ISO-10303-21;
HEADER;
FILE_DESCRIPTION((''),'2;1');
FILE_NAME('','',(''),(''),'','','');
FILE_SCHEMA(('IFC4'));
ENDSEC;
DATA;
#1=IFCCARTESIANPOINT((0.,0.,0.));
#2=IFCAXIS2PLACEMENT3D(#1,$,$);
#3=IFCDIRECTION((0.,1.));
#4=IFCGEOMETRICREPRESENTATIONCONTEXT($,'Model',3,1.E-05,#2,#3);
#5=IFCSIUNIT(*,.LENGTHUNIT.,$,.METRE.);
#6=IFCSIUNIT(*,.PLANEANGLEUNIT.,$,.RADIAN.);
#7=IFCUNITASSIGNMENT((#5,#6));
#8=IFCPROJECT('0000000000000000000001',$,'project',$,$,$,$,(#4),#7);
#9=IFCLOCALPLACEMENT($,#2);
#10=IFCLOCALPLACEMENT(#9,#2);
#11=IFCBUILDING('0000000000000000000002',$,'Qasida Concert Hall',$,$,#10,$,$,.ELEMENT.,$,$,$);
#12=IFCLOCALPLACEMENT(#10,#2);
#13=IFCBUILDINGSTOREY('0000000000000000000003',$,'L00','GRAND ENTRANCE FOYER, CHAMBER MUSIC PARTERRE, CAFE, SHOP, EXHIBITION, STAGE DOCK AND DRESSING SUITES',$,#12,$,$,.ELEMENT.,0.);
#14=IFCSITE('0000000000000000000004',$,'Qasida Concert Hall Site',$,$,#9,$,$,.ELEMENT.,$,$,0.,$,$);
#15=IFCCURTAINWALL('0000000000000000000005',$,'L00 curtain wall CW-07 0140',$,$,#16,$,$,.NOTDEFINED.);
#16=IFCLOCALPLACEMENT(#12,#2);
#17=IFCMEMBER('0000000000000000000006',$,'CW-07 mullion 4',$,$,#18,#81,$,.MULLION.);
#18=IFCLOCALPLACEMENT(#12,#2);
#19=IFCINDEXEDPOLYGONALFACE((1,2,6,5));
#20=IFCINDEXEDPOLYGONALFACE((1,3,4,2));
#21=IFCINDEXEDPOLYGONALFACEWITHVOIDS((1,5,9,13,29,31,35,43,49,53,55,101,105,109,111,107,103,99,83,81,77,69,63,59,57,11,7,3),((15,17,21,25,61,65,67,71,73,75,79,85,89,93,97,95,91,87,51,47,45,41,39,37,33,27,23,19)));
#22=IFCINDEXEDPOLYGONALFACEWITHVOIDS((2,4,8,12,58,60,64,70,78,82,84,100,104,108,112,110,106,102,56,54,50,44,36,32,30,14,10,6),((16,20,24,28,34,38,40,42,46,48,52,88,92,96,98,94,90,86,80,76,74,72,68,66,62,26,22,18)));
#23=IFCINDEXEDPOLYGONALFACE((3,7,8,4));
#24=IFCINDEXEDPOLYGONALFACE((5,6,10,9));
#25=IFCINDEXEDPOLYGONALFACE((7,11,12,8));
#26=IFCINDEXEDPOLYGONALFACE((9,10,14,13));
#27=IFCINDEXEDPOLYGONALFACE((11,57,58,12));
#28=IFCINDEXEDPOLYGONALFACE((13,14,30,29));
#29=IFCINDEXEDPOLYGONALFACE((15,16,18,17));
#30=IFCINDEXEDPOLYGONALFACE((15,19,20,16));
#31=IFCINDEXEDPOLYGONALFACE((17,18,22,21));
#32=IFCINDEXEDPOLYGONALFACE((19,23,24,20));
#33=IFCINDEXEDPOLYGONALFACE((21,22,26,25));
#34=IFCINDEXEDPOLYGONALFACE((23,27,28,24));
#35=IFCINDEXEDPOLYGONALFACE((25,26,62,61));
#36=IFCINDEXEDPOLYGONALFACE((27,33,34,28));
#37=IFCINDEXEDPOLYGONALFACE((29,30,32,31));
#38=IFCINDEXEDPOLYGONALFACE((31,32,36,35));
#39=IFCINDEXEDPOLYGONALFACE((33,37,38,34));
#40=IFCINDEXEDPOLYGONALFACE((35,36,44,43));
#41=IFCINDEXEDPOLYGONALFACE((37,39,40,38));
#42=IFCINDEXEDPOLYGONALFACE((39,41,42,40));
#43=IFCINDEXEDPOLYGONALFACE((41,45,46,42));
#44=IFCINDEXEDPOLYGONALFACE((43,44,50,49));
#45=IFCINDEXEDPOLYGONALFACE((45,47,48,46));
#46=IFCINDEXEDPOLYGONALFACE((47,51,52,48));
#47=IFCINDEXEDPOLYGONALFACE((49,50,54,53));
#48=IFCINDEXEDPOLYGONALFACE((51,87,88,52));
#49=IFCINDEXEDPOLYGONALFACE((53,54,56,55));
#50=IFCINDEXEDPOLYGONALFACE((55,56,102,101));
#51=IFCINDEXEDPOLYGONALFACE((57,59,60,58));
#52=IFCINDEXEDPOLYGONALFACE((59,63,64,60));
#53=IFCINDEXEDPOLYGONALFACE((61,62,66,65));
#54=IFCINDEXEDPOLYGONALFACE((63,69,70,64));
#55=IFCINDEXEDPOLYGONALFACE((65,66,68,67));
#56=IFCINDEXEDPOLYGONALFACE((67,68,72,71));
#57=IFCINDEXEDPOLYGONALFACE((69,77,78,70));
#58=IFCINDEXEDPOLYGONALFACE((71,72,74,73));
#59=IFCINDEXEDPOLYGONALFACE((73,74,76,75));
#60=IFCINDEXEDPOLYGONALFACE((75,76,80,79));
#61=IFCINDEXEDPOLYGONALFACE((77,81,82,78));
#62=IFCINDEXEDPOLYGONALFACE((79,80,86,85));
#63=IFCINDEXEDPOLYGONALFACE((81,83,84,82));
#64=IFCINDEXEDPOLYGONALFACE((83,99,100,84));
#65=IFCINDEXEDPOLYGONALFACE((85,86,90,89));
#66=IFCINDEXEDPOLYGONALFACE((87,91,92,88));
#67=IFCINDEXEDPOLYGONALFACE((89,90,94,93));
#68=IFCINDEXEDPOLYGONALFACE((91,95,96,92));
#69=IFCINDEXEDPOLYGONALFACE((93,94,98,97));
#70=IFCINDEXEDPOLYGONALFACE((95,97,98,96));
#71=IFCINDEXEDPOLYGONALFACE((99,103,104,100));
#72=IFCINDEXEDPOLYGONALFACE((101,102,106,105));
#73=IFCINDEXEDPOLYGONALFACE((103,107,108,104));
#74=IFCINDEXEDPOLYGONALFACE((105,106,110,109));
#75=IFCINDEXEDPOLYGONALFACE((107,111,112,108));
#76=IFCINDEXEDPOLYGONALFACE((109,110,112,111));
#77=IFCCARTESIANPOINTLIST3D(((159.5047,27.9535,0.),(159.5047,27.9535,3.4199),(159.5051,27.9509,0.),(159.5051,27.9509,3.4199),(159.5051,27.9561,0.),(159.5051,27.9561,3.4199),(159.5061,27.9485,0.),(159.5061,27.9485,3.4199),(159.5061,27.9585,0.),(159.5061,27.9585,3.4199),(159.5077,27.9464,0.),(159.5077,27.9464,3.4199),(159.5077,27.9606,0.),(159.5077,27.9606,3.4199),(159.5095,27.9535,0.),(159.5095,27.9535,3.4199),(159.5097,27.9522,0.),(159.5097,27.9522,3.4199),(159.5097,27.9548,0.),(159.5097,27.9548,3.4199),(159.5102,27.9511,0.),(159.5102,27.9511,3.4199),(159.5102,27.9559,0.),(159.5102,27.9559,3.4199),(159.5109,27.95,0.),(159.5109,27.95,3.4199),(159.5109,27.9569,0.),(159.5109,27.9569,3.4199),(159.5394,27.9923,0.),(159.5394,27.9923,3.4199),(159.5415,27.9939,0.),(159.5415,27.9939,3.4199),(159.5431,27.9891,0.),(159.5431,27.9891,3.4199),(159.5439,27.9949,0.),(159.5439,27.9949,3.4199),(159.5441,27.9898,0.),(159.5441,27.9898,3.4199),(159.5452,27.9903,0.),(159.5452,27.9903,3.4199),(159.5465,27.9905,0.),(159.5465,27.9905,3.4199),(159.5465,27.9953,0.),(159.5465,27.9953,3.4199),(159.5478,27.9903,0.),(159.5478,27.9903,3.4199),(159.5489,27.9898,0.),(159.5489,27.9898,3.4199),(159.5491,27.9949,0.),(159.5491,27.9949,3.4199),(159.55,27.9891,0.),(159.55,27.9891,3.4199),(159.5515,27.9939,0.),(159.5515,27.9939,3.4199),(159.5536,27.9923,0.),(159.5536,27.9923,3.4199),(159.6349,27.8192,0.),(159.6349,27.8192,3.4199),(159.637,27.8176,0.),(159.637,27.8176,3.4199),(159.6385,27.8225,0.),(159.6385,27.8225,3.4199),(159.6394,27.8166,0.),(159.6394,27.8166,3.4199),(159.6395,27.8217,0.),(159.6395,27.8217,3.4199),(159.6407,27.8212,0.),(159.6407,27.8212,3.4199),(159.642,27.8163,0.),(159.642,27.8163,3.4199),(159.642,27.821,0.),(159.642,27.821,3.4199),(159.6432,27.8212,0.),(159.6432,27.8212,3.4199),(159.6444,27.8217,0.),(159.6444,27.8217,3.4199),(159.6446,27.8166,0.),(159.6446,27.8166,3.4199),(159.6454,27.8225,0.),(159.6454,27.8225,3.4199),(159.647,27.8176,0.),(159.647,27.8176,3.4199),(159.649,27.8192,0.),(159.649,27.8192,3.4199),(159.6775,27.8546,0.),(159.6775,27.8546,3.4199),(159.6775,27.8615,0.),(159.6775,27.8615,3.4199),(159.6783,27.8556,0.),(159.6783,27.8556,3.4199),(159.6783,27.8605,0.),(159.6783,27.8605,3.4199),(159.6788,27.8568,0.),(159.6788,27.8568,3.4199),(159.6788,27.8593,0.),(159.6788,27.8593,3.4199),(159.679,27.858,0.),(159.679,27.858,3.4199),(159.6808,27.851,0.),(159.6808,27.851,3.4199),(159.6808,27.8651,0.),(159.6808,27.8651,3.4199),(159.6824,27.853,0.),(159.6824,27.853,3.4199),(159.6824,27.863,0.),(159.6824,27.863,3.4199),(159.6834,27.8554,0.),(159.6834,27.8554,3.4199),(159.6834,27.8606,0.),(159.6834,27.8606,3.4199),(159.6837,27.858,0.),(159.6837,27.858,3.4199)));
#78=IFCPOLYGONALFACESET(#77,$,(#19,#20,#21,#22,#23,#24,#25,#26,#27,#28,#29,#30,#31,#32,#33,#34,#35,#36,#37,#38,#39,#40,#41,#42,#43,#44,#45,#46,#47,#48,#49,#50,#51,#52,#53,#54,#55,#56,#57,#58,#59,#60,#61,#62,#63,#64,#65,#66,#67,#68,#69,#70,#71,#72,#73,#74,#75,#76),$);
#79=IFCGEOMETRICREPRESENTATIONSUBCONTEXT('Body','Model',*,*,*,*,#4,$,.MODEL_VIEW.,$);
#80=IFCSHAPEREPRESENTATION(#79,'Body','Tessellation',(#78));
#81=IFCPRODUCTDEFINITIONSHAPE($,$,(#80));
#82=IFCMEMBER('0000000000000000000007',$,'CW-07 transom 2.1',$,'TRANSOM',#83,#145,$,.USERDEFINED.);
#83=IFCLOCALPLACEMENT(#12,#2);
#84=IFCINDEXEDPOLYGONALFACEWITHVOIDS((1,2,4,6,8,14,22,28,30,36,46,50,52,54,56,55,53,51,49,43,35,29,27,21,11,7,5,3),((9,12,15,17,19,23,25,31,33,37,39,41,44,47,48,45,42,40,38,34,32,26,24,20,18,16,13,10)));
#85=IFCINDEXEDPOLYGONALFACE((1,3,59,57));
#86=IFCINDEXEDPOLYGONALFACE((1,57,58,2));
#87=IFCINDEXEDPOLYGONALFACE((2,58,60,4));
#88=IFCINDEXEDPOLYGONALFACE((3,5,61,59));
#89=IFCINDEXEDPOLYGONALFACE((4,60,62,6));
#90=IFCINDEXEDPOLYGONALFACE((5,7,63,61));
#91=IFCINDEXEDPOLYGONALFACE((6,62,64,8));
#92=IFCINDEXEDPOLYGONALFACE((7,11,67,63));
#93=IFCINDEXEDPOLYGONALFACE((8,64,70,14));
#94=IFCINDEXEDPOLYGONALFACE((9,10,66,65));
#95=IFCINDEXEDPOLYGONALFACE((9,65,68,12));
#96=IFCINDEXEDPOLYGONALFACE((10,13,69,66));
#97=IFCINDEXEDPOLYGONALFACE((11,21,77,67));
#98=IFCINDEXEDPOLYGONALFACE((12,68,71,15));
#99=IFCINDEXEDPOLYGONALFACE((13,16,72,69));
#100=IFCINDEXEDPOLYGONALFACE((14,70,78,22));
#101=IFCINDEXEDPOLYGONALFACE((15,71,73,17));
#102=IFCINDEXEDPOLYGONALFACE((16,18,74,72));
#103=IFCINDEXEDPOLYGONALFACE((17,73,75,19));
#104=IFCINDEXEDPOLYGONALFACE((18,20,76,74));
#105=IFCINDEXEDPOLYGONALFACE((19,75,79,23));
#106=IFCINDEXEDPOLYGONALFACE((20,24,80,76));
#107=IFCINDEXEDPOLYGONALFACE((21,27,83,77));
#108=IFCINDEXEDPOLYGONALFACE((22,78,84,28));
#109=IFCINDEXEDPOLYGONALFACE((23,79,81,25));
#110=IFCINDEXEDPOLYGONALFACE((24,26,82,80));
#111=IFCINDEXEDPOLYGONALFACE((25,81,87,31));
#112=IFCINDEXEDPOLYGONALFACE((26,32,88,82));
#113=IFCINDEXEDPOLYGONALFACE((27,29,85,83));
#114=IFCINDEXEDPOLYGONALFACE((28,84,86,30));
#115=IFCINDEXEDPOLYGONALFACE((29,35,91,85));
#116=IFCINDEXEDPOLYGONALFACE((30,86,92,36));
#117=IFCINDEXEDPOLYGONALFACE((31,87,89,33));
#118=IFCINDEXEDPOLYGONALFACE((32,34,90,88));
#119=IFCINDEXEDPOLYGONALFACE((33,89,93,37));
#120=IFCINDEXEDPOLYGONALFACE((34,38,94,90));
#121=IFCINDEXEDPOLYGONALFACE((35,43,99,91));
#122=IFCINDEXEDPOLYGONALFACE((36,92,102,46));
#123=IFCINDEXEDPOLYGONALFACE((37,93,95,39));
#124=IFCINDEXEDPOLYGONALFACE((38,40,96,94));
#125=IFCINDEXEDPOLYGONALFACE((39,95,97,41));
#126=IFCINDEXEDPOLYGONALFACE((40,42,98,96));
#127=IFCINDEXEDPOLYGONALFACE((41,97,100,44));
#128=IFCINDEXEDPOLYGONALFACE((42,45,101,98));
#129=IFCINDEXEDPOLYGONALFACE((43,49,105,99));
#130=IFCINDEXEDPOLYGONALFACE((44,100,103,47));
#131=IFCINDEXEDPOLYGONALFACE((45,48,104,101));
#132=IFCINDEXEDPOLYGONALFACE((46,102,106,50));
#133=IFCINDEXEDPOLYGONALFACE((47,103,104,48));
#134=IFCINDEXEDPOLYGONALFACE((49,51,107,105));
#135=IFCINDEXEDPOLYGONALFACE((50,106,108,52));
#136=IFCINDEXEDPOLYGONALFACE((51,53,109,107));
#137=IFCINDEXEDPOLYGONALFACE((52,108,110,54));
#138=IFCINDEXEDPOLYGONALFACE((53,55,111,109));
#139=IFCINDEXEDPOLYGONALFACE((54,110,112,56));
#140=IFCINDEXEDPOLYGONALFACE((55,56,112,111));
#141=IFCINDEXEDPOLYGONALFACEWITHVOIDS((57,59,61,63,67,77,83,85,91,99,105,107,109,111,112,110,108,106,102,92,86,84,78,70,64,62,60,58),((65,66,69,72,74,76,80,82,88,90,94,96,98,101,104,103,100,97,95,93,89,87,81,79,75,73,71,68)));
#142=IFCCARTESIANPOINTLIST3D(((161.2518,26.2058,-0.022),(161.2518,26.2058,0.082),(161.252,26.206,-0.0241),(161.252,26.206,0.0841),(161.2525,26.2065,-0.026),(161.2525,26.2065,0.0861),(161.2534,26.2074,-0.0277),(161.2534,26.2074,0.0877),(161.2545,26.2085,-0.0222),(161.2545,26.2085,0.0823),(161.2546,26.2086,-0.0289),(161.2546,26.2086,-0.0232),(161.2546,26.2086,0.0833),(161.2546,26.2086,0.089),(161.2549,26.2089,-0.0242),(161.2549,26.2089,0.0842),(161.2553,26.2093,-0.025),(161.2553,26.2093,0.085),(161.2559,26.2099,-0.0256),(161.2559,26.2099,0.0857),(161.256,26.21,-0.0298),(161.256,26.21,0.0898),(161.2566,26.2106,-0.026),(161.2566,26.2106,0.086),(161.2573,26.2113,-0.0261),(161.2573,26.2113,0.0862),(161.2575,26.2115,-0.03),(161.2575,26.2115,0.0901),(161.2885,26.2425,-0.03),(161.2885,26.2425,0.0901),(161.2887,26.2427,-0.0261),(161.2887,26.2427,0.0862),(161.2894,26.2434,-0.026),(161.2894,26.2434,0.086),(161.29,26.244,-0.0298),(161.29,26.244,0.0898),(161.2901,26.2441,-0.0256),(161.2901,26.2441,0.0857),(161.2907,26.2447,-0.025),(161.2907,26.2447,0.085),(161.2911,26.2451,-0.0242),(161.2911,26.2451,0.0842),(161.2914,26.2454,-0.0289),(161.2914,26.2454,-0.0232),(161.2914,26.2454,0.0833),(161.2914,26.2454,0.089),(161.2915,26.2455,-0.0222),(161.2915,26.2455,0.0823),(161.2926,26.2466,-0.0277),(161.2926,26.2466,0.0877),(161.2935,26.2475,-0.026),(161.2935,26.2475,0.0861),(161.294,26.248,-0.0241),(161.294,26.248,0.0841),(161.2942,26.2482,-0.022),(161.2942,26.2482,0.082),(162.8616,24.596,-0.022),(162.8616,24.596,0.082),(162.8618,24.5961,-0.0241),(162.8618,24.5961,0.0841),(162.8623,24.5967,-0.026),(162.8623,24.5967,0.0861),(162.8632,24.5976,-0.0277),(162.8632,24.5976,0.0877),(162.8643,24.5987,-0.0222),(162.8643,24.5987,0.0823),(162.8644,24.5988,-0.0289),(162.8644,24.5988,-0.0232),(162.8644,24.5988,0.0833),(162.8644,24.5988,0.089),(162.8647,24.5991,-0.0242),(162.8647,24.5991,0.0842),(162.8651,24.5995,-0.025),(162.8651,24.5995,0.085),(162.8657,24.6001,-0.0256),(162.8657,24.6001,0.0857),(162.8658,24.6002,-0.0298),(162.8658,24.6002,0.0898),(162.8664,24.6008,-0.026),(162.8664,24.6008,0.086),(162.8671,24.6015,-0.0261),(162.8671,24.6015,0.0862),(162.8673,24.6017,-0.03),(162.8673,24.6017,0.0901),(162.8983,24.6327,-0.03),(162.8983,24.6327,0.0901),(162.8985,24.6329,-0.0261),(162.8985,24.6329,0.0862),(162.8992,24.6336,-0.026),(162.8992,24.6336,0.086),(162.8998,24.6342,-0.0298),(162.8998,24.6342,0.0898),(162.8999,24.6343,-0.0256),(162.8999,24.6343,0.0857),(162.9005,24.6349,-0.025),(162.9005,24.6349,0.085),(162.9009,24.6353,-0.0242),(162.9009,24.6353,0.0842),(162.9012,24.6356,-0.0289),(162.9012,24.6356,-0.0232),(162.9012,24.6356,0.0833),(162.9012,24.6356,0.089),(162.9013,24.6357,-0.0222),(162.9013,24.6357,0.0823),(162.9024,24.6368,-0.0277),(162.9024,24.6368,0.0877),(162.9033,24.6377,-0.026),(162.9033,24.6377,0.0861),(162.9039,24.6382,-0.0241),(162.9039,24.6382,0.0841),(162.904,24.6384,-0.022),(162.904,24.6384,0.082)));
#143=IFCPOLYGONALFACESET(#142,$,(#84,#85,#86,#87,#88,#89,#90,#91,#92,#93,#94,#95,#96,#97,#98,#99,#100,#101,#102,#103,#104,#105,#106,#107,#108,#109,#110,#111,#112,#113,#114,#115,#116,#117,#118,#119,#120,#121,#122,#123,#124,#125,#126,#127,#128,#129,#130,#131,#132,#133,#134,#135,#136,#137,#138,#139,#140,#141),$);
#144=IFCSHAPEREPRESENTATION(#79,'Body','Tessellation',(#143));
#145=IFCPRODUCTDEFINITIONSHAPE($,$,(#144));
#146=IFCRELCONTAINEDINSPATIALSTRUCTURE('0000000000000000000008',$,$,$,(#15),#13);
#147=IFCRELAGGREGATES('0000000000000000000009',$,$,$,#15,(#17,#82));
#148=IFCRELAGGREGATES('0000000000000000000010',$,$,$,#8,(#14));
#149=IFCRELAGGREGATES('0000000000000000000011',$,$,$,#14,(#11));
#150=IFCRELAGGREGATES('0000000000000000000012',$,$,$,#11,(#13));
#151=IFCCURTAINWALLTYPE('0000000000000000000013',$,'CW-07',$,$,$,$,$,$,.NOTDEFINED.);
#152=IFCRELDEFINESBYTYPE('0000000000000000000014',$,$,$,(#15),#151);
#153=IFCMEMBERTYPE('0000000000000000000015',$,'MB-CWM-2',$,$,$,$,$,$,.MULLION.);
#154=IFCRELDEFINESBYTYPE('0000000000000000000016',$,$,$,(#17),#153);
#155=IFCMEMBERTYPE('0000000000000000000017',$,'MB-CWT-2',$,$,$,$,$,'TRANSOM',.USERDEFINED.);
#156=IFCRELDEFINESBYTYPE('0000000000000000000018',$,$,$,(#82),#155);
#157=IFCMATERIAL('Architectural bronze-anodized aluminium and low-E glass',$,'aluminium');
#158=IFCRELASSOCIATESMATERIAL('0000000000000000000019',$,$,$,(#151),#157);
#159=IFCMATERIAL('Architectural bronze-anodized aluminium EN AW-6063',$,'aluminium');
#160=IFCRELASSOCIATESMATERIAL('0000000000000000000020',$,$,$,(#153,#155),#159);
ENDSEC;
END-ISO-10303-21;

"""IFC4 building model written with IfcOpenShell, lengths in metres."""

from ifc_helpers import new_model, si_unit, direction, frame, origin, origin_2d, place, context, subcontext, project, spatial, hollow_rectangle, extrude, material, material_profile, profile_set, type_object, element, aggregate, save


model = new_model("IFC4")

# Units and contexts
model_context = context("Model", 3, precision=1e-05, world=origin(), true_north=direction((0.0, 1.0)))
body_context = subcontext(model_context, "Body", "Model", "MODEL_VIEW")
ifc_project = project(units=[si_unit("LENGTHUNIT", "METRE"), si_unit("PLANEANGLEUNIT", "RADIAN")], contexts=[model_context])

# Site, building, storey
site_placement = place(None, origin())
site = spatial("IfcSite", under=ifc_project, at=site_placement, Name="Qasida Concert Hall Site", CompositionType="ELEMENT", RefElevation=0.0)
building_placement = place(site_placement, origin())
building = spatial("IfcBuilding", under=site, at=building_placement, Name="Qasida Concert Hall", CompositionType="ELEMENT")
storey_placement = place(building_placement, origin())
storey = spatial("IfcBuildingStorey", under=building, at=storey_placement, Name="L00", Description="GRAND ENTRANCE FOYER, CHAMBER MUSIC PARTERRE, CAFE, SHOP, EXHIBITION, STAGE DOCK AND DRESSING SUITES", CompositionType="ELEMENT", Elevation=0.0)

# Curtain wall, members
ifc_material_1 = material(Name="Architectural bronze-anodized aluminium and low-E glass", Category="aluminium")
curtain_wall_type = type_object("IfcCurtainWallType", Name="CW-07", PredefinedType="NOTDEFINED", material=ifc_material_1)
curtain_wall_placement = place(storey_placement, origin())
curtain_wall = element("IfcCurtainWall", 1, at=curtain_wall_placement, inside=storey, type_object=curtain_wall_type, Name="L00 curtain wall CW-07 0140", PredefinedType="NOTDEFINED")
ifc_material_2 = material(Name="Architectural bronze-anodized aluminium EN AW-6063", Category="aluminium")
ifc_material_profile_1 = material_profile(ifc_material_2, hollow_rectangle(XDim=0.0649, YDim=0.2, WallThickness=0.0049, InnerFilletRadius=0.0049, OuterFilletRadius=0.01, at=origin_2d()), Name="CWM 200x65x5")
ifc_profile_set_1 = profile_set([ifc_material_profile_1], Name="Architectural bronze-anodized aluminium EN AW-6063")
member_type_1 = type_object("IfcMemberType", Name="MB-CWM-2", PredefinedType="MULLION", material=ifc_profile_set_1)
member_1_placement = place(storey_placement, frame((159.5942, 27.9058, 0.0), z_axis=(0.0, 0.0, 1.0), x_axis=(-0.707107, -0.707107, 0.0)))
member_1 = element("IfcMember", 2, at=member_1_placement, type_object=member_type_1, Name="CW-07 mullion 4", PredefinedType="MULLION", context=body_context, shape_type="SweptSolid", body=[
    extrude(hollow_rectangle(XDim=0.0649, YDim=0.2, WallThickness=0.0049, InnerFilletRadius=0.0049, OuterFilletRadius=0.01, at=origin_2d()), origin(), (0.0, 0.0, 1.0), 3.4199),
])
ifc_material_profile_2 = material_profile(ifc_material_2, hollow_rectangle(XDim=0.0601, YDim=0.1201, WallThickness=0.0039, InnerFilletRadius=0.0039, OuterFilletRadius=0.0081, at=origin_2d()), Name="CWT 120x60x4")
ifc_profile_set_2 = profile_set([ifc_material_profile_2], Name="Architectural bronze-anodized aluminium EN AW-6063")
member_type_2 = type_object("IfcMemberType", Name="MB-CWT-2", ElementType="TRANSOM", PredefinedType="USERDEFINED", material=ifc_profile_set_2)
member_2_placement = place(storey_placement, frame((162.8828, 24.6172, 0.03), z_axis=(-0.707107, 0.707107, 0.0), x_axis=(-0.707107, -0.707107, 0.0)))
member_2 = element("IfcMember", 3, at=member_2_placement, type_object=member_type_2, Name="CW-07 transom 2.1", ObjectType="TRANSOM", PredefinedType="USERDEFINED", context=body_context, shape_type="SweptSolid", body=[
    extrude(hollow_rectangle(XDim=0.0601, YDim=0.1201, WallThickness=0.0039, InnerFilletRadius=0.0039, OuterFilletRadius=0.0081, at=origin_2d()), origin(), (0.0, 0.0, 1.0), 2.2766),
])
aggregate(curtain_wall, [member_1, member_2])

save(model, "model.ifc")
